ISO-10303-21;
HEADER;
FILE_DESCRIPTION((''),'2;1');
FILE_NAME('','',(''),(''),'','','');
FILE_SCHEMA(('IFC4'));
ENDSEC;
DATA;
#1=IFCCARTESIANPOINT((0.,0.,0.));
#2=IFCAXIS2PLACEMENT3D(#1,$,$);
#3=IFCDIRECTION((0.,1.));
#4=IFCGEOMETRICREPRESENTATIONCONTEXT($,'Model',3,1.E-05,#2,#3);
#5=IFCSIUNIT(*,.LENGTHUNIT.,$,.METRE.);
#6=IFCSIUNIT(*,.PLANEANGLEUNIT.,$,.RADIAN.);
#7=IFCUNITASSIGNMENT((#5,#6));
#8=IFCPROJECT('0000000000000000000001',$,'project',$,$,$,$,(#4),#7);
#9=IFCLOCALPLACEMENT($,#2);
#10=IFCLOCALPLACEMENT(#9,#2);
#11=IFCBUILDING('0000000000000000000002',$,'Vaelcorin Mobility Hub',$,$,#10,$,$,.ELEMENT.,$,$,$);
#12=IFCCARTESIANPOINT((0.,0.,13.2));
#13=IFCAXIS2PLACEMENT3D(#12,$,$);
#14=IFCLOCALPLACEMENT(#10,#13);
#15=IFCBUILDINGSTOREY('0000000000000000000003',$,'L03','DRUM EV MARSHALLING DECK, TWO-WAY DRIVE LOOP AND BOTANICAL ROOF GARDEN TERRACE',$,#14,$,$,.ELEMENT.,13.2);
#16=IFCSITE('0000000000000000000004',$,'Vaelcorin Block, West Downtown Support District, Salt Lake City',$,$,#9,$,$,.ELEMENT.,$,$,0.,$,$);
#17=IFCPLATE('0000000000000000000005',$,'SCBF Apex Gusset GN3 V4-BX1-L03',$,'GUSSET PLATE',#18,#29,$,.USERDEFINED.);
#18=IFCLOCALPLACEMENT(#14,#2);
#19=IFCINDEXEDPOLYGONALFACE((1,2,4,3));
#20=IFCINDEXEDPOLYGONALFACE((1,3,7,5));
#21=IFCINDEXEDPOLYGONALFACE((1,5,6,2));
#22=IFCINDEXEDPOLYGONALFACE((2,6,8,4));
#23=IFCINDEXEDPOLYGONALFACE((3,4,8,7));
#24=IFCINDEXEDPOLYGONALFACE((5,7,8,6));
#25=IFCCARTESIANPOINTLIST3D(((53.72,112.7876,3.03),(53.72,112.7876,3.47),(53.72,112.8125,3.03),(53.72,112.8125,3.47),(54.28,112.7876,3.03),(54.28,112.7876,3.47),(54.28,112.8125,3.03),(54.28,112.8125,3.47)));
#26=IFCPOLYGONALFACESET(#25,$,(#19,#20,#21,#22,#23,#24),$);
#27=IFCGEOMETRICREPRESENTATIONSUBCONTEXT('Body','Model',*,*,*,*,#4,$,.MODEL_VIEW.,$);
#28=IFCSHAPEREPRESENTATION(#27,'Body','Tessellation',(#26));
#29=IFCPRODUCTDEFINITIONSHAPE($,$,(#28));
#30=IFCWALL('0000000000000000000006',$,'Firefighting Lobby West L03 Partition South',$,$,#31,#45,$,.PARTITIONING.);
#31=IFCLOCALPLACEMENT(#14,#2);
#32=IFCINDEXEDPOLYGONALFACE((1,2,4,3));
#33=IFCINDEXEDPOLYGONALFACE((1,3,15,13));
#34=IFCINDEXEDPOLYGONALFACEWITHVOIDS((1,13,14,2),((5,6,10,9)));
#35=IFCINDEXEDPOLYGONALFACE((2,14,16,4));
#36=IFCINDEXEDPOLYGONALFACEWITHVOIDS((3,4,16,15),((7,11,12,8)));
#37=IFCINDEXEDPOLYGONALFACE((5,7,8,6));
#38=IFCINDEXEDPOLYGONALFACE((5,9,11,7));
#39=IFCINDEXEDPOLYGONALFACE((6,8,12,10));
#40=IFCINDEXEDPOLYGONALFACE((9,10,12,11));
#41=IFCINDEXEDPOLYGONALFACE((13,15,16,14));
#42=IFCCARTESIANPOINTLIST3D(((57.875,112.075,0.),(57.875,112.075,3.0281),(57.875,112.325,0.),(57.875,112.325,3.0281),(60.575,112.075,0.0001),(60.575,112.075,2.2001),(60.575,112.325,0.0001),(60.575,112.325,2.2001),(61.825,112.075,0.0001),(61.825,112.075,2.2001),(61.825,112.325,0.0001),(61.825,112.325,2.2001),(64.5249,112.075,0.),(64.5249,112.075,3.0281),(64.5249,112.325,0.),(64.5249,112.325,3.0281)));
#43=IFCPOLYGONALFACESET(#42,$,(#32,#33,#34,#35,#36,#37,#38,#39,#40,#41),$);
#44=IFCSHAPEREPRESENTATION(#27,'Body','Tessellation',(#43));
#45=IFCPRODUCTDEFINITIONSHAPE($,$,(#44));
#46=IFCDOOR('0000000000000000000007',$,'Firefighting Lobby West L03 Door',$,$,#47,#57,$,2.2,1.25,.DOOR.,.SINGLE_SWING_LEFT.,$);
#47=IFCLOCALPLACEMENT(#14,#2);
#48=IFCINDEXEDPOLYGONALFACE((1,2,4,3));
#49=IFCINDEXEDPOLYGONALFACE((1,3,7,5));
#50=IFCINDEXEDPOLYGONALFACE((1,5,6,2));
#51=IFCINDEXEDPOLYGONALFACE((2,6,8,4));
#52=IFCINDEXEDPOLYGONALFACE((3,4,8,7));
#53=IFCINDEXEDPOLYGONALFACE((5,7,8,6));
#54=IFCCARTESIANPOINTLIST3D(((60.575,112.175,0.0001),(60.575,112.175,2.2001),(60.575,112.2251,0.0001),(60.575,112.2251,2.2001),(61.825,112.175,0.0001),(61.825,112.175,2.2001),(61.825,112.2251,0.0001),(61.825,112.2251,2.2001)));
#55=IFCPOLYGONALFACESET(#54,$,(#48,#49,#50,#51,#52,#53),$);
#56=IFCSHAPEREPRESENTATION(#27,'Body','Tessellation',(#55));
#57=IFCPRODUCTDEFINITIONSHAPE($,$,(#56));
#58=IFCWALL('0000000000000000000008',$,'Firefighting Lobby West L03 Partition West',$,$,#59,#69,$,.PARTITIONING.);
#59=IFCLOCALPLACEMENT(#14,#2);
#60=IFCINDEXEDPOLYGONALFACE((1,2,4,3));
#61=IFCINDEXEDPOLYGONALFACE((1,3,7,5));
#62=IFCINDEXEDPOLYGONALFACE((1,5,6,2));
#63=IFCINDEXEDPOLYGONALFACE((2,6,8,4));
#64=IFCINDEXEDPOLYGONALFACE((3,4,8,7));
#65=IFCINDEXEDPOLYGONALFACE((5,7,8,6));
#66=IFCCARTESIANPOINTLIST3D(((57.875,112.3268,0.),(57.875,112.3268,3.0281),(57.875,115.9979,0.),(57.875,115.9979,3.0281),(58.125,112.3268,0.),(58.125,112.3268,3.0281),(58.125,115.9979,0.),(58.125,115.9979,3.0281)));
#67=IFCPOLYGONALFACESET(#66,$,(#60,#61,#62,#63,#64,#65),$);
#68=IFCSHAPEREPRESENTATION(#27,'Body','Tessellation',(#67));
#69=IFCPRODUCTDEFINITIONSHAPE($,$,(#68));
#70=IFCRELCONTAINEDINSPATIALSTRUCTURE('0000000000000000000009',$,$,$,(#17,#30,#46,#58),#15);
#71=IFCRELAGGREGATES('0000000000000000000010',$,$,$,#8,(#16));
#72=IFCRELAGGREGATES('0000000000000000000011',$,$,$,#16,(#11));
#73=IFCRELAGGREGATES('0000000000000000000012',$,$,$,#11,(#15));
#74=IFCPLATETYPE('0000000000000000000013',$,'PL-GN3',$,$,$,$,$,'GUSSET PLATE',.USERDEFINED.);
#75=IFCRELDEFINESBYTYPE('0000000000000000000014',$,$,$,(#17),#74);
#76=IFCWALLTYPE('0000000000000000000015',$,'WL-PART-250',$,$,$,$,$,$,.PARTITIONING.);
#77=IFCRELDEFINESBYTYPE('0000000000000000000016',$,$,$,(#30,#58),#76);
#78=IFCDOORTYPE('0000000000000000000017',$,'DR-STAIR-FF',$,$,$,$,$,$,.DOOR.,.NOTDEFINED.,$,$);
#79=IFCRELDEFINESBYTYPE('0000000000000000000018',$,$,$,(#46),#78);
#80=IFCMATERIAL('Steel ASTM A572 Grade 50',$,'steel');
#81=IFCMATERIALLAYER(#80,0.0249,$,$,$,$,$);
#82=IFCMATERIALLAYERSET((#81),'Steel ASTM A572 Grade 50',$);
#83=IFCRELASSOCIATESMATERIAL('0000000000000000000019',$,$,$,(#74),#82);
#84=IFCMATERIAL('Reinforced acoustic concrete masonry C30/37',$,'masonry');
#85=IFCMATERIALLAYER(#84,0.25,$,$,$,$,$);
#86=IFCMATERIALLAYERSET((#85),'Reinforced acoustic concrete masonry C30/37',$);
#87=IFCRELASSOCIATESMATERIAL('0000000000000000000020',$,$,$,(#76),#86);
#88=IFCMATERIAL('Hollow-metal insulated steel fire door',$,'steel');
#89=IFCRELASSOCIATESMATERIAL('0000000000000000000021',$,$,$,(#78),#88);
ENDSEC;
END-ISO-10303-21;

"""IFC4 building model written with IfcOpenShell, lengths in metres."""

from ifc_helpers import new_model, si_unit, direction, frame, frame_2d, origin, origin_2d, place, context, subcontext, project, spatial, rectangle, extrude, material, layer, layer_set, type_object, element, fill, save


model = new_model("IFC4")

# Units and contexts
model_context = context("Model", 3, precision=1e-05, world=origin(), true_north=direction((0.0, 1.0)))
body_context = subcontext(model_context, "Body", "Model", "MODEL_VIEW")
ifc_project = project(units=[si_unit("LENGTHUNIT", "METRE"), si_unit("PLANEANGLEUNIT", "RADIAN")], contexts=[model_context])

# Site, building, storey
site_placement = place(None, origin())
site = spatial("IfcSite", under=ifc_project, at=site_placement, Name="Vaelcorin Block, West Downtown Support District, Salt Lake City", CompositionType="ELEMENT", RefElevation=0.0)
building_placement = place(site_placement, origin())
building = spatial("IfcBuilding", under=site, at=building_placement, Name="Vaelcorin Mobility Hub", CompositionType="ELEMENT")
storey_placement = place(building_placement, frame((0.0, 0.0, 13.2)))
storey = spatial("IfcBuildingStorey", under=building, at=storey_placement, Name="L03", Description="DRUM EV MARSHALLING DECK, TWO-WAY DRIVE LOOP AND BOTANICAL ROOF GARDEN TERRACE", CompositionType="ELEMENT", Elevation=13.2)

# Plate
ifc_material_1 = material(Name="Steel ASTM A572 Grade 50", Category="steel")
ifc_layer_1 = layer(ifc_material_1, 0.0249)
ifc_layer_set_1 = layer_set([ifc_layer_1], Name="Steel ASTM A572 Grade 50")
plate_type = type_object("IfcPlateType", Name="PL-GN3", ElementType="GUSSET PLATE", PredefinedType="USERDEFINED", material=ifc_layer_set_1)
plate_placement = place(storey_placement, frame((54.0, 112.8, 3.03), z_axis=(0.0, 0.0, 1.0), x_axis=(1.0, 0.0, 0.0)))
element("IfcPlate", 1, at=plate_placement, inside=storey, type_object=plate_type, Name="SCBF Apex Gusset GN3 V4-BX1-L03", ObjectType="GUSSET PLATE", PredefinedType="USERDEFINED", context=body_context, shape_type="SweptSolid", body=[
    extrude(rectangle(XDim=0.5601, YDim=0.0249, at=origin_2d()), origin(), (0.0, 0.0, 1.0), 0.4399),
])

# Wall, opening, door
ifc_material_2 = material(Name="Reinforced acoustic concrete masonry C30/37", Category="masonry")
ifc_layer_2 = layer(ifc_material_2, 0.25)
ifc_layer_set_2 = layer_set([ifc_layer_2], Name="Reinforced acoustic concrete masonry C30/37")
wall_type = type_object("IfcWallType", Name="WL-PART-250", PredefinedType="PARTITIONING", material=ifc_layer_set_2)
wall_1_placement = place(storey_placement, frame((64.5249, 112.2, 0.0), z_axis=(0.0, 0.0, 1.0), x_axis=(-1.0, 0.0, 0.0)))
wall_1 = element("IfcWall", 2, at=wall_1_placement, inside=storey, type_object=wall_type, Name="Firefighting Lobby West L03 Partition South", PredefinedType="PARTITIONING", context=body_context, shape_type="SweptSolid", body=[
    extrude(rectangle(XDim=6.6499, YDim=0.25, at=frame_2d((3.325, 0.0))), origin(), (0.0, 0.0, 1.0), 3.0281),
])
opening_placement = place(wall_1_placement, frame((2.7, 0.0, 0.0)))
opening = element("IfcOpeningElement", 3, at=opening_placement, cuts=wall_1, PredefinedType="OPENING", context=body_context, shape_type="SweptSolid", body=[
    extrude(rectangle(XDim=1.25, YDim=2.2, at=frame_2d((0.625, 1.1001))), frame((0.0, 0.135, 0.0), z_axis=(0.0, -1.0, 0.0), x_axis=(1.0, 0.0, 0.0)), (0.0, 0.0, 1.0), 0.27),
])
ifc_material_3 = material(Name="Hollow-metal insulated steel fire door", Category="steel")
door_type = type_object("IfcDoorType", Name="DR-STAIR-FF", OperationType="NOTDEFINED", PredefinedType="DOOR", material=ifc_material_3)
door_placement = place(opening_placement, origin())
door = element("IfcDoor", 4, at=door_placement, inside=storey, type_object=door_type, Name="Firefighting Lobby West L03 Door", OperationType="SINGLE_SWING_LEFT", OverallHeight=2.2, OverallWidth=1.25, PredefinedType="DOOR", context=body_context, shape_type="SweptSolid", body=[
    extrude(rectangle(XDim=1.25, YDim=2.2, at=frame_2d((0.625, 1.1001))), frame((0.0, 0.0249, 0.0), z_axis=(0.0, -1.0, 0.0), x_axis=(1.0, 0.0, 0.0)), (0.0, 0.0, 1.0), 0.05),
])
fill(opening, door)

# Wall
wall_2_placement = place(storey_placement, frame((58.0, 112.3269, 0.0), z_axis=(0.0, 0.0, 1.0), x_axis=(0.0, 1.0, 0.0)))
element("IfcWall", 5, at=wall_2_placement, inside=storey, type_object=wall_type, Name="Firefighting Lobby West L03 Partition West", PredefinedType="PARTITIONING", context=body_context, shape_type="SweptSolid", body=[
    extrude(rectangle(XDim=3.6711, YDim=0.25, at=frame_2d((1.8354, 0.0))), origin(), (0.0, 0.0, 1.0), 3.0281),
])

save(model, "model.ifc")
